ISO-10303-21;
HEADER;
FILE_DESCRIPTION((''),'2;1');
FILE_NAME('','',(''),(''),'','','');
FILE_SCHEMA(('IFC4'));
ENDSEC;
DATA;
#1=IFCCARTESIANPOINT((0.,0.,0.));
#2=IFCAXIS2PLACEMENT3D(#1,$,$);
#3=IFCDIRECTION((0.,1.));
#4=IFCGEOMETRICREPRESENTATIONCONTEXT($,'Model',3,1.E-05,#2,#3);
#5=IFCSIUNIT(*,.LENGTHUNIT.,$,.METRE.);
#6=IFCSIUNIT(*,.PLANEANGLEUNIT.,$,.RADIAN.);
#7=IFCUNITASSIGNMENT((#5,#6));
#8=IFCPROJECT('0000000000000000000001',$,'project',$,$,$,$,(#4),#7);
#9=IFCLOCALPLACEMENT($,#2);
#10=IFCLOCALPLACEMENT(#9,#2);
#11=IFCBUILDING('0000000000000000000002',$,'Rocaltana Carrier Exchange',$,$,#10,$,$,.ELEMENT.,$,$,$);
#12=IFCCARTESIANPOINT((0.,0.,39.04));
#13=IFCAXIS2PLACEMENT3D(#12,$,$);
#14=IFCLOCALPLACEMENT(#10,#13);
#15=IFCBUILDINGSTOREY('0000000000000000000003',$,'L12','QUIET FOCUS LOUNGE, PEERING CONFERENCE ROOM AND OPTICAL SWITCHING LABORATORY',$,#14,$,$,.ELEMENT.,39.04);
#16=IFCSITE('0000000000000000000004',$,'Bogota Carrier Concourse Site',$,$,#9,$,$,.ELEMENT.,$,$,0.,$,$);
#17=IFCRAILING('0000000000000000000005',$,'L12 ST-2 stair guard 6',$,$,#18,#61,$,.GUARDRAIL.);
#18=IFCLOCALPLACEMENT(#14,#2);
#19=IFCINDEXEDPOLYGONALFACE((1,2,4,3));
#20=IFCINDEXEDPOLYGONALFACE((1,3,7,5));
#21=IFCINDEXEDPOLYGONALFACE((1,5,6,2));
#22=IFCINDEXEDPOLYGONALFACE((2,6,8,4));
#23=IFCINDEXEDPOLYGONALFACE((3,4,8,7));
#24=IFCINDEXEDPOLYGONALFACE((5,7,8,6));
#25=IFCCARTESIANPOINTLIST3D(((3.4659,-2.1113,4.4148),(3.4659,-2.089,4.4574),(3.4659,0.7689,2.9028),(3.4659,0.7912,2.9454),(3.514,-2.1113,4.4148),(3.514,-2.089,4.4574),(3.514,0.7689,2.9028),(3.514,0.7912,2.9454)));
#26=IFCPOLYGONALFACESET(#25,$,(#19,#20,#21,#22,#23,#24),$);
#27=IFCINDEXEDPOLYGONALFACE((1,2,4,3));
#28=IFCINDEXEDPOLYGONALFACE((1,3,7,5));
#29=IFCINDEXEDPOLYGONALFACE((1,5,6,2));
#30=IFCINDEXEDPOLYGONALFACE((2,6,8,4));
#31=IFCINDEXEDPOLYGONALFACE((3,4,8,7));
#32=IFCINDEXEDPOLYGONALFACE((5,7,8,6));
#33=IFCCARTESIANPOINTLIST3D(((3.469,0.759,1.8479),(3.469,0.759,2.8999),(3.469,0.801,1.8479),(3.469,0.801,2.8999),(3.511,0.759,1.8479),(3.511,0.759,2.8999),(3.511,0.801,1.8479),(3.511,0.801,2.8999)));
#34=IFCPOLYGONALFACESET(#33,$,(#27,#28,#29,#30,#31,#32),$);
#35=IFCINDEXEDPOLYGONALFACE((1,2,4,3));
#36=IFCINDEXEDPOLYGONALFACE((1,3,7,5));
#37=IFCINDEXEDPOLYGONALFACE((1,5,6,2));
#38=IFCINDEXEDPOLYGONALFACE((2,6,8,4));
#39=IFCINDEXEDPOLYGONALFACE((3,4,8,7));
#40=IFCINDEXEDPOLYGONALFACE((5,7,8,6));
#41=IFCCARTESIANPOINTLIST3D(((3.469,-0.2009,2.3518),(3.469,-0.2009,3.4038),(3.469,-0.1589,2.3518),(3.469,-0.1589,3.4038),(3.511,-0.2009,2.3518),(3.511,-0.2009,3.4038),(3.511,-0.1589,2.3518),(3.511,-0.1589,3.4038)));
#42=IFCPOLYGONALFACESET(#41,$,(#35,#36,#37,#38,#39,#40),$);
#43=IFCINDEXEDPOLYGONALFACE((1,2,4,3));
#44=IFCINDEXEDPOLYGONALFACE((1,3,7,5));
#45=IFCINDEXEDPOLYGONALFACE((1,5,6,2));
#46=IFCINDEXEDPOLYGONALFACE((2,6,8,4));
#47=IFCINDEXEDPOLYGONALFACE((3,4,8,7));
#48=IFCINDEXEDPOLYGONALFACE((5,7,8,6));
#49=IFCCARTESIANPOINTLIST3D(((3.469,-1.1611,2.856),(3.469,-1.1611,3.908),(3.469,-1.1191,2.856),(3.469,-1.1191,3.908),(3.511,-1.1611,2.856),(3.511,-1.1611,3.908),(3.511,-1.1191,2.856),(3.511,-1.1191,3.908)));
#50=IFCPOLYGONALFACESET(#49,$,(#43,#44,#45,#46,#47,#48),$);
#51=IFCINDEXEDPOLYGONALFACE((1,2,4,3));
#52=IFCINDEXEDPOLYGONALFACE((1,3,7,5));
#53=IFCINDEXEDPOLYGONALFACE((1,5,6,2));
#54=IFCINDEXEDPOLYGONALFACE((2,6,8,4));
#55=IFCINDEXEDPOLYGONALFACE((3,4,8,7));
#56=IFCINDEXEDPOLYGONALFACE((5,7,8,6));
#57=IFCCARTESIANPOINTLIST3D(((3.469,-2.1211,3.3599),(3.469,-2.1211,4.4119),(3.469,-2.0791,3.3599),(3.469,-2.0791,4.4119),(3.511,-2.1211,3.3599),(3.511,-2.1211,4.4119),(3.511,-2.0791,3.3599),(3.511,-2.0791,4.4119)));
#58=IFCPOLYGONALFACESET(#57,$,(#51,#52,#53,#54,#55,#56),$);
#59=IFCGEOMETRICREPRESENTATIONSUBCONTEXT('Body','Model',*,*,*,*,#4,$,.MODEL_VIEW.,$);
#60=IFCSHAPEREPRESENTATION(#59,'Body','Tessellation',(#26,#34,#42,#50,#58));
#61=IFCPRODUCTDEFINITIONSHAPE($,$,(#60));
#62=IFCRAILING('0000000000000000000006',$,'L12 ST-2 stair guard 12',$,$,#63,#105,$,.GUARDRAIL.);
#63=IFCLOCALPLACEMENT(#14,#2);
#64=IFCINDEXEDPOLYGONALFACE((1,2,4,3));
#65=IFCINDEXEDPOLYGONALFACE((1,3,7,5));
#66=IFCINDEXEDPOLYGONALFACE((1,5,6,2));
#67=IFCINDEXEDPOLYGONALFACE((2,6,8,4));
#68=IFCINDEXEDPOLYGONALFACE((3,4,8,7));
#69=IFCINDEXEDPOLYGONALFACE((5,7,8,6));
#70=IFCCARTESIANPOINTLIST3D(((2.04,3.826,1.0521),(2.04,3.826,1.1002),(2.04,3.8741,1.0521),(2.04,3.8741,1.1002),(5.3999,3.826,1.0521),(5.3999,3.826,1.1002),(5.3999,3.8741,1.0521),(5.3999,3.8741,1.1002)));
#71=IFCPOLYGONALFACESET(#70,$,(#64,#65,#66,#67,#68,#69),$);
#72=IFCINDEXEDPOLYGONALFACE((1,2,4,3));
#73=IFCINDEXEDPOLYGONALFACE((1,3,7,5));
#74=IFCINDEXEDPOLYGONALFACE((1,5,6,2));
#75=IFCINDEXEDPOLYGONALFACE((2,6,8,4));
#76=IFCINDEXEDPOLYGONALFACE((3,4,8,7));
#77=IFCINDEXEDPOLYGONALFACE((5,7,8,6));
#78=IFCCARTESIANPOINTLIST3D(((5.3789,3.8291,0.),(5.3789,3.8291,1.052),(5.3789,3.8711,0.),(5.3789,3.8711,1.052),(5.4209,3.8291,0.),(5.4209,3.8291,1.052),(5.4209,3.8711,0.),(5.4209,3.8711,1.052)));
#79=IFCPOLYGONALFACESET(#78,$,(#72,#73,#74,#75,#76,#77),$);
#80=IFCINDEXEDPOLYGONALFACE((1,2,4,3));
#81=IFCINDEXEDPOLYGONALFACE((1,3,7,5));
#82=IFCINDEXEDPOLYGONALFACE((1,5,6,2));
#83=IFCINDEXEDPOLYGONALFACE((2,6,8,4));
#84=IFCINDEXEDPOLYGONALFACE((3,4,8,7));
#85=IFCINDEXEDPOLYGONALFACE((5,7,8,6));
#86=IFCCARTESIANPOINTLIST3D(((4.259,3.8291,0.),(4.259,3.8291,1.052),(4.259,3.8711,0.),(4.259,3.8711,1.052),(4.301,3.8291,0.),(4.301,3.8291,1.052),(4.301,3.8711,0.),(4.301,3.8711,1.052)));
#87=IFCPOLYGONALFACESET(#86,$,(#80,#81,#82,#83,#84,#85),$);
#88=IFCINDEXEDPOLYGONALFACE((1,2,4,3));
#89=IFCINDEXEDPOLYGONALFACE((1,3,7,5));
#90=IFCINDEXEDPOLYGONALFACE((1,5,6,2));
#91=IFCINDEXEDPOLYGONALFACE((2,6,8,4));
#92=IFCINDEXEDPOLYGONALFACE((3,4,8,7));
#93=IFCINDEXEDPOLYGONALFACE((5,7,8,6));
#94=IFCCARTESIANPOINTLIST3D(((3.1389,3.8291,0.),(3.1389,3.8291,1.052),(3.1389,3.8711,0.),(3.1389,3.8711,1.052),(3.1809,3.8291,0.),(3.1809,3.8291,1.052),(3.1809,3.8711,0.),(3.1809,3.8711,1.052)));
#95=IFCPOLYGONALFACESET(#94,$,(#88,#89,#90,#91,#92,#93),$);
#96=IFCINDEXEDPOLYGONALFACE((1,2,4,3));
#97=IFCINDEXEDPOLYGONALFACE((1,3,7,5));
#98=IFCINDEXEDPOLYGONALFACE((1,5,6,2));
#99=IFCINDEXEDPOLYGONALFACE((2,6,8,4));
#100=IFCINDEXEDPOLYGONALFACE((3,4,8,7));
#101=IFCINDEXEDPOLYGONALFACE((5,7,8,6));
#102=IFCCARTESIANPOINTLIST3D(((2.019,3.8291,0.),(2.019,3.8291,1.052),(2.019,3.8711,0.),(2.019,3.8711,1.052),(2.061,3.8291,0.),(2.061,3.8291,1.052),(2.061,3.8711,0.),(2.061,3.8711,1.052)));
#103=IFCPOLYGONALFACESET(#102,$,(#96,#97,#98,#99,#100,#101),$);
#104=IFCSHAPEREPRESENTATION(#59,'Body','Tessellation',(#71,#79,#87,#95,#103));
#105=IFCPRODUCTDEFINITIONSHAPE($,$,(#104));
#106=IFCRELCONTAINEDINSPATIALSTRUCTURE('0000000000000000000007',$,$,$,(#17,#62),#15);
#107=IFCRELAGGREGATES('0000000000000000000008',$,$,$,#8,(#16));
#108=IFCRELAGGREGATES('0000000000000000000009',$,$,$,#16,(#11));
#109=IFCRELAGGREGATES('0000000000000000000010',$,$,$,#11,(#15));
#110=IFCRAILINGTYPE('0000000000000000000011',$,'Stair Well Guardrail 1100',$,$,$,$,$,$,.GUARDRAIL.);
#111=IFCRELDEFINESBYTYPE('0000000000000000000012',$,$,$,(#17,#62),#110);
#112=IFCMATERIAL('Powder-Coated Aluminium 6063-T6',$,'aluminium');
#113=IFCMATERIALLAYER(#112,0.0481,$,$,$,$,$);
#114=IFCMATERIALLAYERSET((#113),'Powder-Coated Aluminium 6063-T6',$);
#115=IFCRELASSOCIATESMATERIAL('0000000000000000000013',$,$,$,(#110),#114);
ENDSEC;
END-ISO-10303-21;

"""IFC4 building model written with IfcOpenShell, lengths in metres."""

from ifc_helpers import new_model, si_unit, direction, frame, origin, origin_2d, place, context, subcontext, project, spatial, rectangle, extrude, material, layer, layer_set, type_object, element, save


model = new_model("IFC4")

# Units and contexts
model_context = context("Model", 3, precision=1e-05, world=origin(), true_north=direction((0.0, 1.0)))
body_context = subcontext(model_context, "Body", "Model", "MODEL_VIEW")
ifc_project = project(units=[si_unit("LENGTHUNIT", "METRE"), si_unit("PLANEANGLEUNIT", "RADIAN")], contexts=[model_context])

# Site, building, storey
site_placement = place(None, origin())
site = spatial("IfcSite", under=ifc_project, at=site_placement, Name="Bogota Carrier Concourse Site", CompositionType="ELEMENT", RefElevation=0.0)
building_placement = place(site_placement, origin())
building = spatial("IfcBuilding", under=site, at=building_placement, Name="Rocaltana Carrier Exchange", CompositionType="ELEMENT")
storey_placement = place(building_placement, frame((0.0, 0.0, 39.04)))
storey = spatial("IfcBuildingStorey", under=building, at=storey_placement, Name="L12", Description="QUIET FOCUS LOUNGE, PEERING CONFERENCE ROOM AND OPTICAL SWITCHING LABORATORY", CompositionType="ELEMENT", Elevation=39.04)

# Railings
ifc_material_1 = material(Name="Powder-Coated Aluminium 6063-T6", Category="aluminium")
ifc_layer_1 = layer(ifc_material_1, 0.0481)
ifc_layer_set_1 = layer_set([ifc_layer_1], Name="Powder-Coated Aluminium 6063-T6")
railing_type_1 = type_object("IfcRailingType", Name="Stair Well Guardrail 1100", PredefinedType="GUARDRAIL", material=ifc_layer_set_1)
railing_1_placement = place(storey_placement, frame((3.49, 0.78, 1.8479)))
element("IfcRailing", 1, at=railing_1_placement, inside=storey, type_object=railing_type_1, Name="L12 ST-2 stair guard 6", PredefinedType="GUARDRAIL", context=body_context, shape_type="SweptSolid", body=[
    extrude(rectangle(XDim=0.0481, YDim=0.0481, at=origin_2d()), frame((0.0, 0.0, 1.0762), z_axis=(0.0, -0.885411, 0.464809), x_axis=(1.0, 0.0, 0.0)), (0.0, 0.0, 1.0), 3.2529),
    extrude(rectangle(XDim=0.042, YDim=0.042, at=origin_2d()), origin(), (0.0, 0.0, 1.0), 1.052),
    extrude(rectangle(XDim=0.042, YDim=0.042, at=origin_2d()), frame((0.0, -0.96, 0.5039)), (0.0, 0.0, 1.0), 1.052),
    extrude(rectangle(XDim=0.042, YDim=0.042, at=origin_2d()), frame((0.0, -1.9202, 1.0081)), (0.0, 0.0, 1.0), 1.052),
    extrude(rectangle(XDim=0.042, YDim=0.042, at=origin_2d()), frame((0.0, -2.8801, 1.512)), (0.0, 0.0, 1.0), 1.052),
])
railing_2_placement = place(storey_placement, frame((5.3999, 3.8501, 0.0)))
element("IfcRailing", 2, at=railing_2_placement, inside=storey, type_object=railing_type_1, Name="L12 ST-2 stair guard 12", PredefinedType="GUARDRAIL", context=body_context, shape_type="SweptSolid", body=[
    extrude(rectangle(XDim=0.0481, YDim=0.0481, at=origin_2d()), frame((0.0, 0.0, 1.0762), z_axis=(-1.0, 0.0, 0.0), x_axis=(0.0, -1.0, 0.0)), (0.0, 0.0, 1.0), 3.3599),
    extrude(rectangle(XDim=0.042, YDim=0.042, at=origin_2d()), origin(), (0.0, 0.0, 1.0), 1.052),
    extrude(rectangle(XDim=0.042, YDim=0.042, at=origin_2d()), frame((-1.1199, 0.0, 0.0)), (0.0, 0.0, 1.0), 1.052),
    extrude(rectangle(XDim=0.042, YDim=0.042, at=origin_2d()), frame((-2.24, 0.0, 0.0)), (0.0, 0.0, 1.0), 1.052),
    extrude(rectangle(XDim=0.042, YDim=0.042, at=origin_2d()), frame((-3.3599, 0.0, 0.0)), (0.0, 0.0, 1.0), 1.052),
])

save(model, "model.ifc")
